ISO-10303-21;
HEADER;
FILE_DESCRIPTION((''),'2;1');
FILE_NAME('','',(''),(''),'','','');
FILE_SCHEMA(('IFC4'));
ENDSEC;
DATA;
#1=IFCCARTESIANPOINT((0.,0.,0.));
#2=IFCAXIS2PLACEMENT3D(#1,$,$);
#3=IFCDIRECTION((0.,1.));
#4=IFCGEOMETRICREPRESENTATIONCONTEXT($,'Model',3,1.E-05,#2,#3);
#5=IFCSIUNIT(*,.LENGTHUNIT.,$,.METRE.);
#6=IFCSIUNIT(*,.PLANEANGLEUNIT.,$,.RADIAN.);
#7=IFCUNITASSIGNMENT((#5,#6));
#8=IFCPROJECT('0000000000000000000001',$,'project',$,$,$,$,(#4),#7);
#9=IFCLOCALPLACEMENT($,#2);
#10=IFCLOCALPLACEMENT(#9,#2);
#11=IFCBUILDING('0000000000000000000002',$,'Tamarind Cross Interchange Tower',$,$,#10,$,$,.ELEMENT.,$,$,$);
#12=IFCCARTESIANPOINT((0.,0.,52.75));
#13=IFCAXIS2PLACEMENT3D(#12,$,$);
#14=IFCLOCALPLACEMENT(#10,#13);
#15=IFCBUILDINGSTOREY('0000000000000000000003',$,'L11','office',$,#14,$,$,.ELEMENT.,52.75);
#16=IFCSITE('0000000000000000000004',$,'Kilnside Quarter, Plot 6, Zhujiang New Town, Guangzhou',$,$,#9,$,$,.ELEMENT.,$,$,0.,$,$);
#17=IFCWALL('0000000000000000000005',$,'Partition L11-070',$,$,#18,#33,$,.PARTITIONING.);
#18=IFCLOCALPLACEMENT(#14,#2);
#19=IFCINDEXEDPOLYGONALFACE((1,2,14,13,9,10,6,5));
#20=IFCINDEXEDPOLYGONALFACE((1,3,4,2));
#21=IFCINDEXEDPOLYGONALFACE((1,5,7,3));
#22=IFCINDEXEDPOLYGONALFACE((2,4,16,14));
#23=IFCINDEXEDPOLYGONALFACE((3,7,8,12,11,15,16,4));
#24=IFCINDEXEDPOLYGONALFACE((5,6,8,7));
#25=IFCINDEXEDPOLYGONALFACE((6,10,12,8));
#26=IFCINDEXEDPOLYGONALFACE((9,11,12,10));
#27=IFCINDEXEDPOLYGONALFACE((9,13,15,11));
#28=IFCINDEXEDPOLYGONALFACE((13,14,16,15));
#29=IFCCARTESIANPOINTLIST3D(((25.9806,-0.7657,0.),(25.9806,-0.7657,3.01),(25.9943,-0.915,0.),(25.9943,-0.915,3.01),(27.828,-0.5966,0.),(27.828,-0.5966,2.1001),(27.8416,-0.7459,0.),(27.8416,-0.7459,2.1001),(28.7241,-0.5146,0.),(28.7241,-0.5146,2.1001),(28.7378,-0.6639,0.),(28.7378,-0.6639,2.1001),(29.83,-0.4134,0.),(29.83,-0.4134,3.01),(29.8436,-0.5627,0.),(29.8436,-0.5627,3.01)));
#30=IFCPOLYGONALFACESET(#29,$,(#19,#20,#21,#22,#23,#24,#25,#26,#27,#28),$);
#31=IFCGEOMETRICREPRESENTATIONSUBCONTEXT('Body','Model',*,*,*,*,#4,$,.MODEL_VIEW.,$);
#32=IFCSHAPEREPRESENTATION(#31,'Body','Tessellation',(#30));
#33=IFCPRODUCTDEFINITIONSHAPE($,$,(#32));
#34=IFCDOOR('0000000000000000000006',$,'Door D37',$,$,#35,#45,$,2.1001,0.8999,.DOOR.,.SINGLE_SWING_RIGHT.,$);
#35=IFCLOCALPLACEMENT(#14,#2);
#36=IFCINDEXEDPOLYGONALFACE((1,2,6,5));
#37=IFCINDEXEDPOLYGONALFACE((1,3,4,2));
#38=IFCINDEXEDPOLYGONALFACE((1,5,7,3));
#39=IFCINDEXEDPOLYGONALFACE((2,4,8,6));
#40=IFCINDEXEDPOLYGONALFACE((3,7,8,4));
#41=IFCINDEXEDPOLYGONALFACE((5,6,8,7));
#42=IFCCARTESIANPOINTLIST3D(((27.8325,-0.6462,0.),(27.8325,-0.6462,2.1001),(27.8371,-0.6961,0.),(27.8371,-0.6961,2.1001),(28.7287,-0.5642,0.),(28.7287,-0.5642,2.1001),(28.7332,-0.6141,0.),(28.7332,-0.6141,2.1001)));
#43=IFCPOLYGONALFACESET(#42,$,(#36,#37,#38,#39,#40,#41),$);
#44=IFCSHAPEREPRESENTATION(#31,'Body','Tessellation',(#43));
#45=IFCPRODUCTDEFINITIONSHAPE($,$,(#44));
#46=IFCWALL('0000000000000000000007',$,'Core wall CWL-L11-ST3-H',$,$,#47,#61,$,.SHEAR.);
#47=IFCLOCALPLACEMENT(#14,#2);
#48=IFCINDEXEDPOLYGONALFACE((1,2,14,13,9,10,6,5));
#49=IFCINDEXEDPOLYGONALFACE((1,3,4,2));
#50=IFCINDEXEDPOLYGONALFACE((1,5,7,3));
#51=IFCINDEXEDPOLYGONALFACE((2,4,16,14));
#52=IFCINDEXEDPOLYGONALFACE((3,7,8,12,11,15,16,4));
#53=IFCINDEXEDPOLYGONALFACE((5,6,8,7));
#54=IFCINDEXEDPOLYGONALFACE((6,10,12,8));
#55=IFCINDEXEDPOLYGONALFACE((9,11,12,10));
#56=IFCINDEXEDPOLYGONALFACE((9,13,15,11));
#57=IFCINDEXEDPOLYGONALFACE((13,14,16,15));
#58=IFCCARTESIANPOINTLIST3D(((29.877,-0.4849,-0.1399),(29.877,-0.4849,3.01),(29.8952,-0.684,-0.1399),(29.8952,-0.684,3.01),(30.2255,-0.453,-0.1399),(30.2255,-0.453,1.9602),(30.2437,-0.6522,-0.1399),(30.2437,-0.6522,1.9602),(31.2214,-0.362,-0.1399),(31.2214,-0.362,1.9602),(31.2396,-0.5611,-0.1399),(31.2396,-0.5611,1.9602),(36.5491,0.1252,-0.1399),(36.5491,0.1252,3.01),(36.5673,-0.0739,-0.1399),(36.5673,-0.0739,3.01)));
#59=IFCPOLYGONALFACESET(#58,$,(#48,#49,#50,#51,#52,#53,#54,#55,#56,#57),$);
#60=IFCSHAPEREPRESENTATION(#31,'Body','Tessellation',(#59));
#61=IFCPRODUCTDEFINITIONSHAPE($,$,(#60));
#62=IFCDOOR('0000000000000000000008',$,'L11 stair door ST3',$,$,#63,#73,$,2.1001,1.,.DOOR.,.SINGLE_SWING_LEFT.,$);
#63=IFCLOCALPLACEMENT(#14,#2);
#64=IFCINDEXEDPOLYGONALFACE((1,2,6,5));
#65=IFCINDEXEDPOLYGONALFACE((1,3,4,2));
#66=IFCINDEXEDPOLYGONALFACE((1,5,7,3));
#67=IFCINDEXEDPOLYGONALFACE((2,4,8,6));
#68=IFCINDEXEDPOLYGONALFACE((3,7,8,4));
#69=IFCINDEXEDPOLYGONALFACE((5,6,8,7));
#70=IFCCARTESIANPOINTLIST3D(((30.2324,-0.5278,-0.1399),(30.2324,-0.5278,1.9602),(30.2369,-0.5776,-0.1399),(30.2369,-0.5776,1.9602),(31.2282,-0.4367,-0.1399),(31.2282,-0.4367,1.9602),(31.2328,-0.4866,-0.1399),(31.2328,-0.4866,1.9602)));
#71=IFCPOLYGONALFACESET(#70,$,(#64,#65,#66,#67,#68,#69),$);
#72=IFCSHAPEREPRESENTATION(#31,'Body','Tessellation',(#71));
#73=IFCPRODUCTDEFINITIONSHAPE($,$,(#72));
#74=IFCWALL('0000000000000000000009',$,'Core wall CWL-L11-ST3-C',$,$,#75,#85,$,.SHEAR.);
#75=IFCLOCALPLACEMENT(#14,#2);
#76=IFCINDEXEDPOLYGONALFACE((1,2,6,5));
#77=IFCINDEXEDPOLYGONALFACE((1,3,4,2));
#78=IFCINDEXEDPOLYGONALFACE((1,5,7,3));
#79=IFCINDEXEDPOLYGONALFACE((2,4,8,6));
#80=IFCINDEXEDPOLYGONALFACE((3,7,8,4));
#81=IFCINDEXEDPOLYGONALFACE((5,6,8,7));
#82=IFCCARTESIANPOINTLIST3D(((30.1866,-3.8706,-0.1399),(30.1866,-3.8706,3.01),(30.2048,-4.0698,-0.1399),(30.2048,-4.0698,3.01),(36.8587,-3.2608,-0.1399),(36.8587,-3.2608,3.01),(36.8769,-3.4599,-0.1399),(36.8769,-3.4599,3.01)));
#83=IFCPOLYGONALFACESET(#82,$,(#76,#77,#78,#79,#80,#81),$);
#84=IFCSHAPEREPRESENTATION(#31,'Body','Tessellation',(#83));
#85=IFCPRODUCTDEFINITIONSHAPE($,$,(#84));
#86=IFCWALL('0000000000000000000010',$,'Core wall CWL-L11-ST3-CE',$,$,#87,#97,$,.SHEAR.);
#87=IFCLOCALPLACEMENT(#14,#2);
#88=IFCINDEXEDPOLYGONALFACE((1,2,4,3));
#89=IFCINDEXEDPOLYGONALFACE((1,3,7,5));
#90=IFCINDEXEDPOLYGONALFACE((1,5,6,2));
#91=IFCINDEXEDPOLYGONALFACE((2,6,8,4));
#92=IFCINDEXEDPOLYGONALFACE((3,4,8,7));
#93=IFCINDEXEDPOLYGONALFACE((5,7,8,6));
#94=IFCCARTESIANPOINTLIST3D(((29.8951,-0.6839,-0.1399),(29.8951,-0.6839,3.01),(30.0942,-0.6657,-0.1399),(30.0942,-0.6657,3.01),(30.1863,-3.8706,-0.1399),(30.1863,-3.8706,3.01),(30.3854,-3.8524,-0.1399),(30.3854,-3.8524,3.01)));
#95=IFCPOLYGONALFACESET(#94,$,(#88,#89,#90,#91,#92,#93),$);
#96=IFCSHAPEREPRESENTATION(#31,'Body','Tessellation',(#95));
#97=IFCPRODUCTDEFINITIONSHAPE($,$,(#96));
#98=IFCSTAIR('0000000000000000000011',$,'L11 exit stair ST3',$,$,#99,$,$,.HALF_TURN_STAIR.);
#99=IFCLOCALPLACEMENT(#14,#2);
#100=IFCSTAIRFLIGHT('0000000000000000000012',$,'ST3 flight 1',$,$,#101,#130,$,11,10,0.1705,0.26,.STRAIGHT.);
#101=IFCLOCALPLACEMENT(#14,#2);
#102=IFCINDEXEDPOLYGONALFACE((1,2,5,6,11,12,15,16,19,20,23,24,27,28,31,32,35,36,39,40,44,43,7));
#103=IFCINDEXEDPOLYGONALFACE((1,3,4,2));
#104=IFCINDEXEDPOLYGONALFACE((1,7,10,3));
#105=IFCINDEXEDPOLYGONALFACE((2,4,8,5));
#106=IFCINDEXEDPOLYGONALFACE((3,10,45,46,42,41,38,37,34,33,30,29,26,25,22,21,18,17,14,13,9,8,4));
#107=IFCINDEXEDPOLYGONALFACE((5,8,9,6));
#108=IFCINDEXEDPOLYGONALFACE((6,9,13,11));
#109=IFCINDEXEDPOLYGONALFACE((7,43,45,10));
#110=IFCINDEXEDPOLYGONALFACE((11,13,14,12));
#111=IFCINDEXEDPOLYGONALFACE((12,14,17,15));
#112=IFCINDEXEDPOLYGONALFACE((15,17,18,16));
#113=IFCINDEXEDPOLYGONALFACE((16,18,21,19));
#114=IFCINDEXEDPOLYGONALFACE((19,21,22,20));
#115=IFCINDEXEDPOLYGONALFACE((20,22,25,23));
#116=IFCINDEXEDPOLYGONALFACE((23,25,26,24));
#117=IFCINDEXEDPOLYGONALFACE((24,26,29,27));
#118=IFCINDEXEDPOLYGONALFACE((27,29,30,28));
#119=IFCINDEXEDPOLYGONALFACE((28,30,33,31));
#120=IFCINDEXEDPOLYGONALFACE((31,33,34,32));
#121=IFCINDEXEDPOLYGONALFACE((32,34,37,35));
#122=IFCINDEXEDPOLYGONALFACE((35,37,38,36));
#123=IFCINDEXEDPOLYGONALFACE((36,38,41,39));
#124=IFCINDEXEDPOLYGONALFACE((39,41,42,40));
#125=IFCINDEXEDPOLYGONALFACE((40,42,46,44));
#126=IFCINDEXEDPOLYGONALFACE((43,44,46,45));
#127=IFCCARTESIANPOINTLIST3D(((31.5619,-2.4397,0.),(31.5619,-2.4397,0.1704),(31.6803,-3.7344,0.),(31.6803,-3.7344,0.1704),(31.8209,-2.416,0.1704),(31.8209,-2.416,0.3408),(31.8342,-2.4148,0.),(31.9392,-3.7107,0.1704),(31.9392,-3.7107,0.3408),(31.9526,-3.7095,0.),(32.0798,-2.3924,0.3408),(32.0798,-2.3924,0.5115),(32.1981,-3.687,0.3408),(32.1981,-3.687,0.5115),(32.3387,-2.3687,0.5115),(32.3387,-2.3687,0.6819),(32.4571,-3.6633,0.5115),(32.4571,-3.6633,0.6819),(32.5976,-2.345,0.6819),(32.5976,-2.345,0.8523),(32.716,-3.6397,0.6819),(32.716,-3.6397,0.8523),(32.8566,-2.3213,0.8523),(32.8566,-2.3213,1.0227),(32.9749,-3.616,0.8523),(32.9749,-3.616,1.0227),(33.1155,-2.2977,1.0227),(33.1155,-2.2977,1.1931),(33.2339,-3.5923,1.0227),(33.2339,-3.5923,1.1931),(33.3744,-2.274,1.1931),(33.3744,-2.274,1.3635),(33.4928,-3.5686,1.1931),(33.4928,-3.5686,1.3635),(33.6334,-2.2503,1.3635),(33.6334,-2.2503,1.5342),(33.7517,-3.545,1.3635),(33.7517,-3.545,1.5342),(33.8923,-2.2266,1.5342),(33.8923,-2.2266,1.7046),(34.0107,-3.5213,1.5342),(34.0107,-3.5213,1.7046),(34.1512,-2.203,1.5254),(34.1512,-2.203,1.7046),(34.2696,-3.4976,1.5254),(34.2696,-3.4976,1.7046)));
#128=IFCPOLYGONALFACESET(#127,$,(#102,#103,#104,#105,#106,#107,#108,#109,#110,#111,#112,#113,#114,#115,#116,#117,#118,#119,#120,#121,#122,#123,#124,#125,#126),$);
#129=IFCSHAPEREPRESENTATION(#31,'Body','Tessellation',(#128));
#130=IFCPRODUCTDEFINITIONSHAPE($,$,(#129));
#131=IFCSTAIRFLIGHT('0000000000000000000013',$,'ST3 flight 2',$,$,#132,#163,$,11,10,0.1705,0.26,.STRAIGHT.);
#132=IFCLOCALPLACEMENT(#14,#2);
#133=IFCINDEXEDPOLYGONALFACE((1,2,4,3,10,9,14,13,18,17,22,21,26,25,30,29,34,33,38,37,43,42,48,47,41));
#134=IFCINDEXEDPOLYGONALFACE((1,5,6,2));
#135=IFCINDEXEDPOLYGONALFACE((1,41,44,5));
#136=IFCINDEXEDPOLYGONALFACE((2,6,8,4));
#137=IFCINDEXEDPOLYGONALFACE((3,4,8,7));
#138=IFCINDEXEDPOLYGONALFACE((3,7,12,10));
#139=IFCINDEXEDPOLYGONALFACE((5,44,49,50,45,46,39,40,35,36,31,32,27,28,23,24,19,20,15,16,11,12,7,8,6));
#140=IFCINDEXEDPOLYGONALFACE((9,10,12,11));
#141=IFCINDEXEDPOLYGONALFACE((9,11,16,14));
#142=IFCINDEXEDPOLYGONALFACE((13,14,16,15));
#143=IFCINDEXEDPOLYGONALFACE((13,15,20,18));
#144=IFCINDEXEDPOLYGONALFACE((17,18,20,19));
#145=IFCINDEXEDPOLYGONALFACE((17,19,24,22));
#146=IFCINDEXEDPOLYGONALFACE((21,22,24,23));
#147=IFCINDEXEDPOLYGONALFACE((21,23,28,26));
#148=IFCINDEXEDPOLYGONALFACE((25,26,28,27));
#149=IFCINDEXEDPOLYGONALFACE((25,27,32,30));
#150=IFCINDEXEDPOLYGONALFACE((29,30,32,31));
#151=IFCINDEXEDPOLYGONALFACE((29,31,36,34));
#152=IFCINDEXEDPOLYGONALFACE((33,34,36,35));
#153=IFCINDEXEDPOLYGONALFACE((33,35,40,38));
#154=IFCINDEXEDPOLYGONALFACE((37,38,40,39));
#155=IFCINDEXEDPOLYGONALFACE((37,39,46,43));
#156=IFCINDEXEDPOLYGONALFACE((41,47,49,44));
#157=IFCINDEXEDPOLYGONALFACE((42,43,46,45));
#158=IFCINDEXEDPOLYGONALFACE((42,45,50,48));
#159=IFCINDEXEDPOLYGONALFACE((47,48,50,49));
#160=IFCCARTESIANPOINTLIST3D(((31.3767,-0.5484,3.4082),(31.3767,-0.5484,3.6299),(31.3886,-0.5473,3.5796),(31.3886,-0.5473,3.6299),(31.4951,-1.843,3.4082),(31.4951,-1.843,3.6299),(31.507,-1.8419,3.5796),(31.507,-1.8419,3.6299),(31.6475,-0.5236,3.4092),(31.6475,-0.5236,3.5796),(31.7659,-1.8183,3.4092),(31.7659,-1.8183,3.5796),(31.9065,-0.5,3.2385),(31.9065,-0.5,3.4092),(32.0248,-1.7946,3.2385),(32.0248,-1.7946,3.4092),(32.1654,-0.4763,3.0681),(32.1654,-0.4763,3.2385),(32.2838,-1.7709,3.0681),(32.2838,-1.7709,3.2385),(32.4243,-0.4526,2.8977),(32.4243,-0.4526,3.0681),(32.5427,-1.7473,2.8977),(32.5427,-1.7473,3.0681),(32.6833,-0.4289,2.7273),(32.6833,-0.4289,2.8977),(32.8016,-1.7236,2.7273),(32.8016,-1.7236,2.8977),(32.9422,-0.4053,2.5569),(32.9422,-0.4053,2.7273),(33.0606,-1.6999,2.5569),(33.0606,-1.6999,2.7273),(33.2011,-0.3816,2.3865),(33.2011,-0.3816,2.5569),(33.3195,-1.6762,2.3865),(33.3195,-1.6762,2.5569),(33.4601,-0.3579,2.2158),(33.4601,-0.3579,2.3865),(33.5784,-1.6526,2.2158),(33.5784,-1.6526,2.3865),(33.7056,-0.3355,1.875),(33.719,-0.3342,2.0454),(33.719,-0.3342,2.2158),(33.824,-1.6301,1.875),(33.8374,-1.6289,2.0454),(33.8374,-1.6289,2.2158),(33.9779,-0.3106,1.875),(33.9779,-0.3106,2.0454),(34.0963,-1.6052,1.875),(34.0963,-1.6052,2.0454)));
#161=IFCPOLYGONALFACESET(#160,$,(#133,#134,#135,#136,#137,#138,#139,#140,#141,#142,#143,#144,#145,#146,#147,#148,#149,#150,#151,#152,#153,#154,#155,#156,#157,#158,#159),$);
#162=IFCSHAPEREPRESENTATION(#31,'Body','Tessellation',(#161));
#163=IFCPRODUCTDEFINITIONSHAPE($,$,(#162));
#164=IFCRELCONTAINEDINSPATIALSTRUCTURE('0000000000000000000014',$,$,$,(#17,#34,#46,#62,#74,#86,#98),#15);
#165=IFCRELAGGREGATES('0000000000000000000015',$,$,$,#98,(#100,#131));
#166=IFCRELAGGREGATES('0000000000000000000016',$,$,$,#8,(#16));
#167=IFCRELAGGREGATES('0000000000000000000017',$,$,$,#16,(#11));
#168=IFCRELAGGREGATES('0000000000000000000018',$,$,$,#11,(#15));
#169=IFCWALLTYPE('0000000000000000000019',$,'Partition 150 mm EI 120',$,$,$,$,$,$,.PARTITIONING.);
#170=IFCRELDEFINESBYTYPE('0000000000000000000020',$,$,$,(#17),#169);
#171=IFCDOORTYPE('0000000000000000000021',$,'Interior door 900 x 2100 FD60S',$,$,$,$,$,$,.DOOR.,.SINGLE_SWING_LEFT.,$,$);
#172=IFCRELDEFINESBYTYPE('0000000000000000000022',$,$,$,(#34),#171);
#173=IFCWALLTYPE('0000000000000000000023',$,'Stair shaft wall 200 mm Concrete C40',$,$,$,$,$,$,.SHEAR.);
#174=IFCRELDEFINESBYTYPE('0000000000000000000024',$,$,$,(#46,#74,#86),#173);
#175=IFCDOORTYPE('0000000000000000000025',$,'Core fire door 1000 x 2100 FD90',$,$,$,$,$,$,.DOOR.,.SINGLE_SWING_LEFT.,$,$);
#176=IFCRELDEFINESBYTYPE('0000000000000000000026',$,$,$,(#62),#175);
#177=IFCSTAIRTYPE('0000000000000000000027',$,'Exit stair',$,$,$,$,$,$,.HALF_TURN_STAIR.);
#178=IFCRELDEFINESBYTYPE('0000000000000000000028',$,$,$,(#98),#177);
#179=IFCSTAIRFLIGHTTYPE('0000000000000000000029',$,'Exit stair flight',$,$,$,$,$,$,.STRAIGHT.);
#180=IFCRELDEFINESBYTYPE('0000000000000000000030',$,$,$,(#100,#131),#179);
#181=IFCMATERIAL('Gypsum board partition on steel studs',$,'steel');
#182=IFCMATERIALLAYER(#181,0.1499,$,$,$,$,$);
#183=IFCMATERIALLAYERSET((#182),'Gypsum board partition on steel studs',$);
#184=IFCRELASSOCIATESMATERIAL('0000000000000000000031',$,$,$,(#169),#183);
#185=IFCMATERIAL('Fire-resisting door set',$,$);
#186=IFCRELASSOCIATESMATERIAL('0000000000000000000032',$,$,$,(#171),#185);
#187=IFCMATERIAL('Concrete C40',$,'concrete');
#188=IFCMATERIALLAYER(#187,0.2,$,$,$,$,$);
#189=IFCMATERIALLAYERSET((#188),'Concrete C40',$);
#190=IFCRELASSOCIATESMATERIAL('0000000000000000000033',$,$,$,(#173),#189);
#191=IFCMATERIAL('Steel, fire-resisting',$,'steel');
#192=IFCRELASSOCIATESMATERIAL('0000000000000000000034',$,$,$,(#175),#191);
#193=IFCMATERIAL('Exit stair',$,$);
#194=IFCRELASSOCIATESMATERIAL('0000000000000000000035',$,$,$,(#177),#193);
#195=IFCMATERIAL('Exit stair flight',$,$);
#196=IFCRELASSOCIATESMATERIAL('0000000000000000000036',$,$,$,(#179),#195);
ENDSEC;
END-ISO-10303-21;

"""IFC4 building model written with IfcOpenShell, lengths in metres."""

from ifc_helpers import new_model, si_unit, direction, frame, frame_2d, origin, place, context, subcontext, project, spatial, polyline, rectangle, outline, extrude, material, layer, layer_set, type_object, element, fill, aggregate, save


model = new_model("IFC4")

# Units and contexts
model_context = context("Model", 3, precision=1e-05, world=origin(), true_north=direction((0.0, 1.0)))
body_context = subcontext(model_context, "Body", "Model", "MODEL_VIEW")
ifc_project = project(units=[si_unit("LENGTHUNIT", "METRE"), si_unit("PLANEANGLEUNIT", "RADIAN")], contexts=[model_context])

# Site, building, storey
site_placement = place(None, origin())
site = spatial("IfcSite", under=ifc_project, at=site_placement, Name="Kilnside Quarter, Plot 6, Zhujiang New Town, Guangzhou", CompositionType="ELEMENT", RefElevation=0.0)
building_placement = place(site_placement, origin())
building = spatial("IfcBuilding", under=site, at=building_placement, Name="Tamarind Cross Interchange Tower", CompositionType="ELEMENT")
storey_placement = place(building_placement, frame((0.0, 0.0, 52.75)))
storey = spatial("IfcBuildingStorey", under=building, at=storey_placement, Name="L11", Description="office", CompositionType="ELEMENT", Elevation=52.75)

# Shared definitions
ifc_material_1 = material(Name="Gypsum board partition on steel studs", Category="steel")
ifc_layer_1 = layer(ifc_material_1, 0.1499)
ifc_layer_set_1 = layer_set([ifc_layer_1], Name="Gypsum board partition on steel studs")
wall_type_1 = type_object("IfcWallType", Name="Partition 150 mm EI 120", PredefinedType="PARTITIONING", material=ifc_layer_set_1)

# Walls, openings, doors
ifc_material_2 = material(Name="Fire-resisting door set")
door_type_1 = type_object("IfcDoorType", Name="Interior door 900 x 2100 FD60S", OperationType="SINGLE_SWING_LEFT", PredefinedType="DOOR", material=ifc_material_2)
wall_1_placement = place(storey_placement, frame((25.9875, -0.8403, 0.0), z_axis=(0.0, 0.0, 1.0), x_axis=(0.995838, 0.091139, 0.0)))
wall_1 = element("IfcWall", 1, at=wall_1_placement, inside=storey, type_object=wall_type_1, Name="Partition L11-070", PredefinedType="PARTITIONING", context=body_context, shape_type="SweptSolid", body=[
    extrude(rectangle(XDim=3.8655, YDim=0.1499, at=frame_2d((1.9326, 0.0))), origin(), (0.0, 0.0, 1.0), 3.01),
])
opening_1_placement = place(wall_1_placement, frame((1.855, 0.0, 0.0)))
opening_1 = element("IfcOpeningElement", 2, at=opening_1_placement, cuts=wall_1, PredefinedType="OPENING", context=body_context, shape_type="SweptSolid", body=[
    extrude(rectangle(XDim=0.8999, YDim=2.1001, at=frame_2d((0.45, 1.05))), frame((0.0, 0.085, 0.0), z_axis=(0.0, -1.0, 0.0), x_axis=(1.0, 0.0, 0.0)), (0.0, 0.0, 1.0), 0.1699),
])
door_1_placement = place(opening_1_placement, frame((0.8999, 0.0, 0.0), z_axis=(0.0, 0.0, 1.0), x_axis=(-1.0, 0.0, 0.0)))
door_1 = element("IfcDoor", 3, at=door_1_placement, inside=storey, type_object=door_type_1, Name="Door D37", OperationType="SINGLE_SWING_RIGHT", OverallHeight=2.1001, OverallWidth=0.8999, PredefinedType="DOOR", context=body_context, shape_type="SweptSolid", body=[
    extrude(rectangle(XDim=0.8999, YDim=2.1001, at=frame_2d((0.45, 1.05))), frame((0.0, 0.0249, 0.0), z_axis=(0.0, -1.0, 0.0), x_axis=(1.0, 0.0, 0.0)), (0.0, 0.0, 1.0), 0.05),
])
fill(opening_1, door_1)
ifc_material_3 = material(Name="Concrete C40", Category="concrete")
ifc_layer_2 = layer(ifc_material_3, 0.2)
ifc_layer_set_2 = layer_set([ifc_layer_2], Name="Concrete C40")
wall_type_2 = type_object("IfcWallType", Name="Stair shaft wall 200 mm Concrete C40", PredefinedType="SHEAR", material=ifc_layer_set_2)
wall_2_placement = place(storey_placement, frame((29.886, -0.5845, -0.1399), z_axis=(0.0, 0.0, 1.0), x_axis=(0.995845, 0.091061, 0.0)))
wall_2 = element("IfcWall", 4, at=wall_2_placement, inside=storey, type_object=wall_type_2, Name="Core wall CWL-L11-ST3-H", PredefinedType="SHEAR", context=body_context, shape_type="SweptSolid", body=[
    extrude(rectangle(XDim=6.7, YDim=0.2, at=frame_2d((3.3501, 0.0))), origin(), (0.0, 0.0, 1.0), 3.1499),
])
opening_2_placement = place(wall_2_placement, frame((0.3501, 0.0, 0.0)))
opening_2 = element("IfcOpeningElement", 5, at=opening_2_placement, cuts=wall_2, PredefinedType="OPENING", context=body_context, shape_type="SweptSolid", body=[
    extrude(rectangle(XDim=1.0, YDim=2.1001, at=frame_2d((0.5, 1.05))), frame((0.0, 0.1099, 0.0), z_axis=(0.0, -1.0, 0.0), x_axis=(1.0, 0.0, 0.0)), (0.0, 0.0, 1.0), 0.22),
])
ifc_material_4 = material(Name="Steel, fire-resisting", Category="steel")
door_type_2 = type_object("IfcDoorType", Name="Core fire door 1000 x 2100 FD90", OperationType="SINGLE_SWING_LEFT", PredefinedType="DOOR", material=ifc_material_4)
door_2_placement = place(opening_2_placement, origin())
door_2 = element("IfcDoor", 6, at=door_2_placement, inside=storey, type_object=door_type_2, Name="L11 stair door ST3", OperationType="SINGLE_SWING_LEFT", OverallHeight=2.1001, OverallWidth=1.0, PredefinedType="DOOR", context=body_context, shape_type="SweptSolid", body=[
    extrude(rectangle(XDim=1.0, YDim=2.1001, at=frame_2d((0.5, 1.05))), frame((0.0, 0.0249, 0.0), z_axis=(0.0, -1.0, 0.0), x_axis=(1.0, 0.0, 0.0)), (0.0, 0.0, 1.0), 0.05),
])
fill(opening_2, door_2)

# Walls
wall_3_placement = place(storey_placement, frame((30.1956, -3.9702, -0.1399), z_axis=(0.0, 0.0, 1.0), x_axis=(0.995849, 0.091025, 0.0)))
element("IfcWall", 7, at=wall_3_placement, inside=storey, type_object=wall_type_2, Name="Core wall CWL-L11-ST3-C", PredefinedType="SHEAR", context=body_context, shape_type="SweptSolid", body=[
    extrude(rectangle(XDim=6.7, YDim=0.2, at=frame_2d((3.3501, 0.0))), origin(), (0.0, 0.0, 1.0), 3.1499),
])
wall_4_placement = place(storey_placement, frame((30.2859, -3.8616, -0.1399), z_axis=(0.0, 0.0, 1.0), x_axis=(-0.091017, 0.995849, 0.0)))
element("IfcWall", 8, at=wall_4_placement, inside=storey, type_object=wall_type_2, Name="Core wall CWL-L11-ST3-CE", PredefinedType="SHEAR", context=body_context, shape_type="SweptSolid", body=[
    extrude(rectangle(XDim=3.2, YDim=0.2, at=frame_2d((1.6001, 0.0))), origin(), (0.0, 0.0, 1.0), 3.1499),
])

# Stair, stair flights
ifc_material_5 = material(Name="Exit stair")
stair_type = type_object("IfcStairType", Name="Exit stair", PredefinedType="HALF_TURN_STAIR", material=ifc_material_5)
stair_placement = place(storey_placement, origin())
stair = element("IfcStair", 9, at=stair_placement, inside=storey, type_object=stair_type, Name="L11 exit stair ST3", PredefinedType="HALF_TURN_STAIR")
ifc_material_6 = material(Name="Exit stair flight")
stair_flight_type = type_object("IfcStairFlightType", Name="Exit stair flight", PredefinedType="STRAIGHT", material=ifc_material_6)
stair_flight_1_placement = place(storey_placement, frame((31.6211, -3.0869, 0.0), z_axis=(0.0, 0.0, 1.0), x_axis=(0.995846, 0.09105, 0.0)))
stair_flight_1 = element("IfcStairFlight", 10, at=stair_flight_1_placement, type_object=stair_flight_type, Name="ST3 flight 1", NumberOfRisers=11, NumberOfTreads=10, PredefinedType="STRAIGHT", RiserHeight=0.1705, TreadLength=0.26, context=body_context, shape_type="SweptSolid", body=[
    extrude(outline(polyline([(0.0, 0.0), (0.0, 0.1704), (0.26, 0.1704), (0.26, 0.3408), (0.52, 0.3408), (0.52, 0.5115), (0.78, 0.5115), (0.78, 0.6819), (1.04, 0.6819), (1.04, 0.8523), (1.3, 0.8523), (1.3, 1.0227), (1.5601, 1.0227), (1.5601, 1.1931), (1.8201, 1.1931), (1.8201, 1.3635), (2.0801, 1.3635), (2.0801, 1.5342), (2.3401, 1.5342), (2.3401, 1.7046), (2.6001, 1.7046), (2.6001, 1.875), (2.6001, 1.5254), (0.2734, 0.0), (0.0, 0.0)])), frame((0.0, 0.6499, 0.0), z_axis=(0.0, -1.0, 0.0), x_axis=(1.0, 0.0, 0.0)), (0.0, 0.0, 1.0), 1.3),
])
stair_flight_2_placement = place(storey_placement, frame((34.0371, -0.958, 1.875), z_axis=(0.0, 0.0, 1.0), x_axis=(-0.995846, -0.09105, 0.0)))
stair_flight_2 = element("IfcStairFlight", 11, at=stair_flight_2_placement, type_object=stair_flight_type, Name="ST3 flight 2", NumberOfRisers=11, NumberOfTreads=10, PredefinedType="STRAIGHT", RiserHeight=0.1705, TreadLength=0.26, context=body_context, shape_type="SweptSolid", body=[
    extrude(outline(polyline([(0.0, 0.0), (0.0, 0.1704), (0.26, 0.1704), (0.26, 0.3408), (0.52, 0.3408), (0.52, 0.5115), (0.78, 0.5115), (0.78, 0.6819), (1.04, 0.6819), (1.04, 0.8523), (1.3, 0.8523), (1.3, 1.0227), (1.5601, 1.0227), (1.5601, 1.1931), (1.8201, 1.1931), (1.8201, 1.3635), (2.0801, 1.3635), (2.0801, 1.5342), (2.3401, 1.5342), (2.3401, 1.7046), (2.6001, 1.7046), (2.6001, 1.7549), (2.6121, 1.7549), (2.6121, 1.5332), (0.2734, 0.0), (0.0, 0.0)])), frame((0.0, 0.6499, 0.0), z_axis=(0.0, -1.0, 0.0), x_axis=(1.0, 0.0, 0.0)), (0.0, 0.0, 1.0), 1.3),
])
aggregate(stair, [stair_flight_1, stair_flight_2])

save(model, "model.ifc")
